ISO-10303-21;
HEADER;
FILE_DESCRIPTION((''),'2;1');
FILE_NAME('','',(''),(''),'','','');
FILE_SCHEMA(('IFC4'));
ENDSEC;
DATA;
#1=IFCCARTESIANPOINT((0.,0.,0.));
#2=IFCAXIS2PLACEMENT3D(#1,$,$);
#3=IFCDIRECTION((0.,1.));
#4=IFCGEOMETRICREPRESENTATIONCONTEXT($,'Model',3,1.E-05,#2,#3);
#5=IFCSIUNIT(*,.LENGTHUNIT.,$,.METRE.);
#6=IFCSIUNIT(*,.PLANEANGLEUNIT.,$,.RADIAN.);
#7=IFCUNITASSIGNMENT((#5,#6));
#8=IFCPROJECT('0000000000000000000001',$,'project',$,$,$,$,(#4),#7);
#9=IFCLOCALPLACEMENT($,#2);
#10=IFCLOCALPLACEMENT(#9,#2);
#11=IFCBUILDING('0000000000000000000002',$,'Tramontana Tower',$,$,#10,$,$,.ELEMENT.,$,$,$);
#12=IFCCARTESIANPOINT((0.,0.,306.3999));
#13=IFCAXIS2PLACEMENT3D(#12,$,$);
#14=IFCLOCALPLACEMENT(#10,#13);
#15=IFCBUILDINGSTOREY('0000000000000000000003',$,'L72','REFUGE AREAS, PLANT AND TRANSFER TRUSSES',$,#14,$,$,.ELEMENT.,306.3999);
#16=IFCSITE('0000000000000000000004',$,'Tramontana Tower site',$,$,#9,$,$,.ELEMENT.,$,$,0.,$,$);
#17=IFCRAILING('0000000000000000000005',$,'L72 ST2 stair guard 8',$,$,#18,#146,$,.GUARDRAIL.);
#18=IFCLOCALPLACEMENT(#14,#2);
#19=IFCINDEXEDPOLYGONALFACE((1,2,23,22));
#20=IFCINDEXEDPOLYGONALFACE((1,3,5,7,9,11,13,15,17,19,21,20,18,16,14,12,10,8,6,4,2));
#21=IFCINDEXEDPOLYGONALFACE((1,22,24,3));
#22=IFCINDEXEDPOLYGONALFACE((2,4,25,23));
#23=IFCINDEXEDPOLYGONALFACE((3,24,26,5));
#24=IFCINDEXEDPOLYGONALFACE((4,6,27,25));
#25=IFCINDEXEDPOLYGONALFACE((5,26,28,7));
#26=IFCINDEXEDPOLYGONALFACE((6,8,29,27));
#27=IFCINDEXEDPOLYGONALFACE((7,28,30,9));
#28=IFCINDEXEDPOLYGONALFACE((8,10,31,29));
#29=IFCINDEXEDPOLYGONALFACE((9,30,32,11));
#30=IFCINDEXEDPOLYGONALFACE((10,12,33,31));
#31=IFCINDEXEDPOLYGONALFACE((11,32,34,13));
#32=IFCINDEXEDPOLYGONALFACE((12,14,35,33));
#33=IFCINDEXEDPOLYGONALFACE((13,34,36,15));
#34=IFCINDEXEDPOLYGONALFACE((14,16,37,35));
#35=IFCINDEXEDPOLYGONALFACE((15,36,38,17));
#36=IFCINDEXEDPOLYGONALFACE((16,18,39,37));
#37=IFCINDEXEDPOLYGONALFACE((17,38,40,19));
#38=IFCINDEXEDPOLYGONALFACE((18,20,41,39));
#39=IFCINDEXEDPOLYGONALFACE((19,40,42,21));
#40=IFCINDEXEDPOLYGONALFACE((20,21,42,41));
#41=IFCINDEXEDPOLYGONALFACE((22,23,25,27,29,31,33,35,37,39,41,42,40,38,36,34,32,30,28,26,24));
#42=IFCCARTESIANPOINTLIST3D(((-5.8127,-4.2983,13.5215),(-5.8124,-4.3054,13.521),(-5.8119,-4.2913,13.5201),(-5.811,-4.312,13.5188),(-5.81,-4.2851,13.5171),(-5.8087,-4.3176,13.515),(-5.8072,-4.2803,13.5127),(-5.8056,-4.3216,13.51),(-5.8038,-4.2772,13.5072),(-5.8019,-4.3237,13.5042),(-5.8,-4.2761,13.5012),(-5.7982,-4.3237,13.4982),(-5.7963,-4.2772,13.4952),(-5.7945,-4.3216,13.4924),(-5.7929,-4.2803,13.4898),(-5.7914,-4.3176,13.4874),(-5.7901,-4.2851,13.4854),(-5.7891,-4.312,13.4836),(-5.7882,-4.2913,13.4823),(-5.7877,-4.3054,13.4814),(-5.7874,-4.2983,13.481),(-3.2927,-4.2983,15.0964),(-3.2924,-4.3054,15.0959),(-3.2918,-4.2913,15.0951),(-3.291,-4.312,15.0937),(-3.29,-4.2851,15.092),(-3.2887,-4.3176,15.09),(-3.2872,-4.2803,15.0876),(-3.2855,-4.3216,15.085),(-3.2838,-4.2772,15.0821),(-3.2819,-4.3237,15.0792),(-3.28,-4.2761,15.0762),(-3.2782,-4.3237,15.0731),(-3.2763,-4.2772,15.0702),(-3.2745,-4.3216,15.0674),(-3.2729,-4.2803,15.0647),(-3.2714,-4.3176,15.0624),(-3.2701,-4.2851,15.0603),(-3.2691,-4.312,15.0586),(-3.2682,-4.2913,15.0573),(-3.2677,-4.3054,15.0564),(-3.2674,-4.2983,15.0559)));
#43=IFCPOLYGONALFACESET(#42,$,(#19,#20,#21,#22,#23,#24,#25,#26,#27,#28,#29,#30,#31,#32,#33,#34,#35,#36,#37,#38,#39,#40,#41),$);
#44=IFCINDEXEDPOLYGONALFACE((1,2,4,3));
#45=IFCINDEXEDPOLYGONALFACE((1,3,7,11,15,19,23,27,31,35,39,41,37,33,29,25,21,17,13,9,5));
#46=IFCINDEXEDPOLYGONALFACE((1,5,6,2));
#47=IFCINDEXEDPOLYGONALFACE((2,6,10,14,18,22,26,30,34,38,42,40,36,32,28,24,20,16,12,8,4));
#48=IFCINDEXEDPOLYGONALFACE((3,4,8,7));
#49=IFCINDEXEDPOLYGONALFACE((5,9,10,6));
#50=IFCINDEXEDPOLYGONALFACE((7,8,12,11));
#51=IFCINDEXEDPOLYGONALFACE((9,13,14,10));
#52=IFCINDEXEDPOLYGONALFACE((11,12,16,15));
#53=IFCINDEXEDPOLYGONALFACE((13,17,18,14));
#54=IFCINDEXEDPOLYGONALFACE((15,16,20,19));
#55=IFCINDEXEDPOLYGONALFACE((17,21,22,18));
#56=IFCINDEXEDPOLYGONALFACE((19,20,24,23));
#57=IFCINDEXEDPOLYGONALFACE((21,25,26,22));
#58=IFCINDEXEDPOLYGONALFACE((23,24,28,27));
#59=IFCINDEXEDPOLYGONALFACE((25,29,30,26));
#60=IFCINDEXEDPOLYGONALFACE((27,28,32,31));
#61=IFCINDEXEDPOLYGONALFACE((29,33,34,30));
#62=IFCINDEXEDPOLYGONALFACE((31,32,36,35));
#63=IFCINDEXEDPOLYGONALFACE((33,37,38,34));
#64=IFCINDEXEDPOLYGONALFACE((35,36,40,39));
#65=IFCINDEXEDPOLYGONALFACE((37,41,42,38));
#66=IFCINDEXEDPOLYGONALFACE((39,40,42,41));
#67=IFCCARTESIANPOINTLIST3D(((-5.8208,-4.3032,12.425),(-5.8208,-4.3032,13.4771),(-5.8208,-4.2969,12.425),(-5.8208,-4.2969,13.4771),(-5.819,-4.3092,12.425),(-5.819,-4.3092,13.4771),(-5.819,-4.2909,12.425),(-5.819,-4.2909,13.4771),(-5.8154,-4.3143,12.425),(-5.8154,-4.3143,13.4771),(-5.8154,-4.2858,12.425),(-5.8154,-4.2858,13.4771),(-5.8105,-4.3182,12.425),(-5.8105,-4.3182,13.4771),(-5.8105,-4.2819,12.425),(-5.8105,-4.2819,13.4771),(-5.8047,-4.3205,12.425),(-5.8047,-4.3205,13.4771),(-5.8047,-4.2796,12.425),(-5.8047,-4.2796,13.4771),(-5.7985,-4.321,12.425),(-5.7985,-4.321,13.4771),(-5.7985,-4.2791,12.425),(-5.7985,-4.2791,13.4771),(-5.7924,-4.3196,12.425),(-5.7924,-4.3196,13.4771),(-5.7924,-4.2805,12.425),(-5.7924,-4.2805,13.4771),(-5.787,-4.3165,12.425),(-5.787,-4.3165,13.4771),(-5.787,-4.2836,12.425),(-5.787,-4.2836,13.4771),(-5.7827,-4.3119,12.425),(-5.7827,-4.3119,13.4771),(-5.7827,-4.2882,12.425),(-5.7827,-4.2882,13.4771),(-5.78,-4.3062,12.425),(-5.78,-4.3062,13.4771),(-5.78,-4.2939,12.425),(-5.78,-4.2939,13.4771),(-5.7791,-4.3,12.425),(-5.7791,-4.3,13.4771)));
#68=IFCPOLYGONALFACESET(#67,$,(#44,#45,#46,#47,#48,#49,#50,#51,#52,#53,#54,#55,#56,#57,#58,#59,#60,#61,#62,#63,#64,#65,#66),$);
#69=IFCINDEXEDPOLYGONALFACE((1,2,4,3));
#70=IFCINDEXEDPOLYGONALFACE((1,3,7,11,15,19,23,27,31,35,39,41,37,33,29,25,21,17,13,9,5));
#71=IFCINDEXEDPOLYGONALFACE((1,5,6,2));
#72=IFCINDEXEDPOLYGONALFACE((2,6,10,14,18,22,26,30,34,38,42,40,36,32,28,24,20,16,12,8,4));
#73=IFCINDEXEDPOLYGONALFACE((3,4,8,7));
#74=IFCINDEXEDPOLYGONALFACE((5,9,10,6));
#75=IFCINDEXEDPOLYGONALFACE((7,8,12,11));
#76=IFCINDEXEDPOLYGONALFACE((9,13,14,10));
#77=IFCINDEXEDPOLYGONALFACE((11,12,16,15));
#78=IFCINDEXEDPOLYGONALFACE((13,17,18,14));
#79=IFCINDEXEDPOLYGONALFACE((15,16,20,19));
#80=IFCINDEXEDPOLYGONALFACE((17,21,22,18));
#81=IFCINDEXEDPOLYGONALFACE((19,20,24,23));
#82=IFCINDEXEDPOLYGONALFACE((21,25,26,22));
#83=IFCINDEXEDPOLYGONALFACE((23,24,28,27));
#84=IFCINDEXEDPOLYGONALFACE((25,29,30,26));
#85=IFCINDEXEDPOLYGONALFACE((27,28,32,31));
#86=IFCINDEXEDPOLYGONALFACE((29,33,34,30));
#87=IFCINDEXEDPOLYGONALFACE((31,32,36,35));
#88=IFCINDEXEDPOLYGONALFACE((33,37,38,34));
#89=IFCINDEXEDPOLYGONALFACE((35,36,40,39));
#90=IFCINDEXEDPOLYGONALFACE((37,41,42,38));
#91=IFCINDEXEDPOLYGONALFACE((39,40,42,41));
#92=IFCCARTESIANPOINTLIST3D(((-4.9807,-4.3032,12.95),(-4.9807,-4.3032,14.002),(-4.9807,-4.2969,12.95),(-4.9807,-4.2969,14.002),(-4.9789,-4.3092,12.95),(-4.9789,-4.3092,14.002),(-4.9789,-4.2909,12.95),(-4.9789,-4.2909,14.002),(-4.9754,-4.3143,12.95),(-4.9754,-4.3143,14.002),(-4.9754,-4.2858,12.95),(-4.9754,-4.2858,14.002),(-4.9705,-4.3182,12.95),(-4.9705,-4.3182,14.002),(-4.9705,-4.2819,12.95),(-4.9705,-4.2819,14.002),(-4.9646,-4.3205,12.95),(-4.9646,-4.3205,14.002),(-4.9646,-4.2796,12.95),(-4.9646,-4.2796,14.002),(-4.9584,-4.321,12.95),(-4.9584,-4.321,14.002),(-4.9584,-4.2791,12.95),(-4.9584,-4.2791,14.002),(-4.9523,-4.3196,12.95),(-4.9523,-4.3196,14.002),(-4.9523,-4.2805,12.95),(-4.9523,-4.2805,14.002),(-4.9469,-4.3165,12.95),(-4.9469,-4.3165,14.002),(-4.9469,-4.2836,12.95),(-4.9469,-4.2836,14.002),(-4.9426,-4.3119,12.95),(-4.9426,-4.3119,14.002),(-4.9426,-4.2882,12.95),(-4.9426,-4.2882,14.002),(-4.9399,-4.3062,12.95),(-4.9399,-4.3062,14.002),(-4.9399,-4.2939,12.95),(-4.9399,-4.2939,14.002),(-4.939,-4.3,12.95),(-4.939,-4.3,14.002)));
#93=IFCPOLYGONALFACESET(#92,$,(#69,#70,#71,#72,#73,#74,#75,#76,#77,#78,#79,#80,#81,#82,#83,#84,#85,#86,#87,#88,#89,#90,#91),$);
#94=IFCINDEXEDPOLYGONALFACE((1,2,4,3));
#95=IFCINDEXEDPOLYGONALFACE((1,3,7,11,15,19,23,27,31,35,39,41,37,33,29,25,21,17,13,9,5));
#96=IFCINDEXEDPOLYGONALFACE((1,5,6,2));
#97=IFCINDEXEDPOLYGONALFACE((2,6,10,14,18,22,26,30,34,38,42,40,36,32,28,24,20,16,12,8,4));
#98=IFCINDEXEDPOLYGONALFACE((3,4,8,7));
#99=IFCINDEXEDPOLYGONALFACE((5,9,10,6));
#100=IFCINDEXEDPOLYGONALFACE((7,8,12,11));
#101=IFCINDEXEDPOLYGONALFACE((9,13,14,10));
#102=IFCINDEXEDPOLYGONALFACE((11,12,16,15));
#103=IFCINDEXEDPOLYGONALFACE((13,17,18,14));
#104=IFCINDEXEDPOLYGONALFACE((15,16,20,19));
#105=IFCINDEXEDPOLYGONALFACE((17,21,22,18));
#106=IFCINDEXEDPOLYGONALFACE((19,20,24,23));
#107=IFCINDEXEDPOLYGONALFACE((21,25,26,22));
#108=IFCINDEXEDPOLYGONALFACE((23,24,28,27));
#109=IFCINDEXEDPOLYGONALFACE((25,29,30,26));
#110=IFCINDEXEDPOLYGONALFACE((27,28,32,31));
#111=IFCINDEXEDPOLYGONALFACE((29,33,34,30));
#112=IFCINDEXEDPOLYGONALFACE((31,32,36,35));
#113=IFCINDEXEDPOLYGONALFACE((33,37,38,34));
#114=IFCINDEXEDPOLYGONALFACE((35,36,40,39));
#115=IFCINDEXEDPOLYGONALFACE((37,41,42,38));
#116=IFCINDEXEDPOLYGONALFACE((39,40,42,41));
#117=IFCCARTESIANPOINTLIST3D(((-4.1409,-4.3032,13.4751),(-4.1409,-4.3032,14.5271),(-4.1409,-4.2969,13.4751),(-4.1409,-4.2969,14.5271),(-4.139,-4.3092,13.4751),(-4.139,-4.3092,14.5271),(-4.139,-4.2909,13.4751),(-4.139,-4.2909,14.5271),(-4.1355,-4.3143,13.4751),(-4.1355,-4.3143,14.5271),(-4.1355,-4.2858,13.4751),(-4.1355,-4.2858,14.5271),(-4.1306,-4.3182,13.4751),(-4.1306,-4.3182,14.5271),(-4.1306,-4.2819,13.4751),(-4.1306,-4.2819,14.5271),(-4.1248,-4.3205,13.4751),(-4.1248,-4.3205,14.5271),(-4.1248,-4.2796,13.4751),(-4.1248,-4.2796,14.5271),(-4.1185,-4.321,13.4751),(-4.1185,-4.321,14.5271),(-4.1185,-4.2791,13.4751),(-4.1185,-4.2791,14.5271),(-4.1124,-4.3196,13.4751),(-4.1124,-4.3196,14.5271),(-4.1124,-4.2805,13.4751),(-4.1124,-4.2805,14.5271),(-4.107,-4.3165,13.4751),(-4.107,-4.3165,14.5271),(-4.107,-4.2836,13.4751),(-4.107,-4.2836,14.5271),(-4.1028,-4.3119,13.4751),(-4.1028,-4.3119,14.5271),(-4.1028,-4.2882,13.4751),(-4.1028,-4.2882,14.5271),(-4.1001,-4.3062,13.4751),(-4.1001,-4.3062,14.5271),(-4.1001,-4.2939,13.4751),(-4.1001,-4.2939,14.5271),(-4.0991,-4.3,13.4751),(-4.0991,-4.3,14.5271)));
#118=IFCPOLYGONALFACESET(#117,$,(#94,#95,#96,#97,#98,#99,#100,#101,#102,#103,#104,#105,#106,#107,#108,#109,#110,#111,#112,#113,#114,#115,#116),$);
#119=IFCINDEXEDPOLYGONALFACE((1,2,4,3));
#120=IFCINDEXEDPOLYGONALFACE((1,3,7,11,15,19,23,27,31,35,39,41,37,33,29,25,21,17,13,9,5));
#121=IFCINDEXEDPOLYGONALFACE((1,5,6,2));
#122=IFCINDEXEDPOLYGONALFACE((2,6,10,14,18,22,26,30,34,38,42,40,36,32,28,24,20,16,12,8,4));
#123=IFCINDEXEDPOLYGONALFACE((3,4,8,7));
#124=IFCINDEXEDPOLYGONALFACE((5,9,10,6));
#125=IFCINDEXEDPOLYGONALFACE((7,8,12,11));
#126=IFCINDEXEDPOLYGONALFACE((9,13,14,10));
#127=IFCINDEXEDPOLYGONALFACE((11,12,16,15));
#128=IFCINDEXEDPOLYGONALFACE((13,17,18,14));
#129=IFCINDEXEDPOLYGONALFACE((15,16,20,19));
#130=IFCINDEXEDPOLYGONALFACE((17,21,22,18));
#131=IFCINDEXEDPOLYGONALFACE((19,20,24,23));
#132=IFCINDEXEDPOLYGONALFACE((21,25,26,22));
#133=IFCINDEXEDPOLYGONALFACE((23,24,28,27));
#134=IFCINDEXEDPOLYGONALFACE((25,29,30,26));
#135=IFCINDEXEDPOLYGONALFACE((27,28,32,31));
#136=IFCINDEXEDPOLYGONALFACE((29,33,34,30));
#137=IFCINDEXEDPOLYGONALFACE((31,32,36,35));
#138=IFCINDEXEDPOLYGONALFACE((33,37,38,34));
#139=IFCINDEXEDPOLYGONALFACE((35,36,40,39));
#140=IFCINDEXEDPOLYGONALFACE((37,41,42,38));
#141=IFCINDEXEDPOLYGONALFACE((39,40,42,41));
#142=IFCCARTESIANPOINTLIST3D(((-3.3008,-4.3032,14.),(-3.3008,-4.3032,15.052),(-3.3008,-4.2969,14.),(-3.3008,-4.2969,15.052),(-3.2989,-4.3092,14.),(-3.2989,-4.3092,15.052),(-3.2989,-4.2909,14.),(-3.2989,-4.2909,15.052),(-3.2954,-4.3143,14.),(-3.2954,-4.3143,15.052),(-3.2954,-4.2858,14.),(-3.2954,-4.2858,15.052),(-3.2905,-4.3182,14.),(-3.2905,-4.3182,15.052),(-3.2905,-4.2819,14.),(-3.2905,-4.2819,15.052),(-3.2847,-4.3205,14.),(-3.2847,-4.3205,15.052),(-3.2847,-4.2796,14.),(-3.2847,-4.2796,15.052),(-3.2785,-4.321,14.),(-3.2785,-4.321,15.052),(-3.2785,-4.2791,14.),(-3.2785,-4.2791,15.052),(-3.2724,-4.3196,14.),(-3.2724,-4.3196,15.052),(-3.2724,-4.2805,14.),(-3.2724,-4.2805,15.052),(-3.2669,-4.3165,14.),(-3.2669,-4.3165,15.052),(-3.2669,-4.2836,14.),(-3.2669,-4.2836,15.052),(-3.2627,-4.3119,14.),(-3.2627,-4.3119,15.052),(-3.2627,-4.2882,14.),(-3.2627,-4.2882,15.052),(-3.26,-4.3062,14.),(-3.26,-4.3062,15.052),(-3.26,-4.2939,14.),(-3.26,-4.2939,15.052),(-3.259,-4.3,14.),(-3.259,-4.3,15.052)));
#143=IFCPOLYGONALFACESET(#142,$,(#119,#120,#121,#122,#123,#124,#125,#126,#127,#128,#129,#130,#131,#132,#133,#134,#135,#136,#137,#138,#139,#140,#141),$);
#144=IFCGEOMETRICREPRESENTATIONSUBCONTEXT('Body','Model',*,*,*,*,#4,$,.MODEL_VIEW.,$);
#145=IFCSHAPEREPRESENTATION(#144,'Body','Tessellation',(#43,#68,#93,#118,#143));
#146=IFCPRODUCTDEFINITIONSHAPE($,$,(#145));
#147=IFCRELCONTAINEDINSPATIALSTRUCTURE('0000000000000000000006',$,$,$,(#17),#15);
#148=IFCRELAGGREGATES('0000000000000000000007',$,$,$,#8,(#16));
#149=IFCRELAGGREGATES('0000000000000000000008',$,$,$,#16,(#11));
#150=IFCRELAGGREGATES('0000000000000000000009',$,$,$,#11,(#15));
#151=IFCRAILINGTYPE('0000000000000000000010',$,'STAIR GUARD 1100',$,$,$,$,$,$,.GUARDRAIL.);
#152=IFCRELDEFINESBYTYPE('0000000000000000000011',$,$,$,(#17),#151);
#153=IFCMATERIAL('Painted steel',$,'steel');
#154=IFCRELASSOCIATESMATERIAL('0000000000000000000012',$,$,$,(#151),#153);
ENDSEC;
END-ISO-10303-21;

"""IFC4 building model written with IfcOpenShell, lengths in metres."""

from ifc_helpers import new_model, si_unit, direction, frame, origin, origin_2d, place, context, subcontext, project, spatial, circle, extrude, material, type_object, element, save


model = new_model("IFC4")

# Units and contexts
model_context = context("Model", 3, precision=1e-05, world=origin(), true_north=direction((0.0, 1.0)))
body_context = subcontext(model_context, "Body", "Model", "MODEL_VIEW")
ifc_project = project(units=[si_unit("LENGTHUNIT", "METRE"), si_unit("PLANEANGLEUNIT", "RADIAN")], contexts=[model_context])

# Site, building, storey
site_placement = place(None, origin())
site = spatial("IfcSite", under=ifc_project, at=site_placement, Name="Tramontana Tower site", CompositionType="ELEMENT", RefElevation=0.0)
building_placement = place(site_placement, origin())
building = spatial("IfcBuilding", under=site, at=building_placement, Name="Tramontana Tower", CompositionType="ELEMENT")
storey_placement = place(building_placement, frame((0.0, 0.0, 306.3999)))
storey = spatial("IfcBuildingStorey", under=building, at=storey_placement, Name="L72", Description="REFUGE AREAS, PLANT AND TRANSFER TRUSSES", CompositionType="ELEMENT", Elevation=306.3999)

# Railing
ifc_material_1 = material(Name="Painted steel", Category="steel")
railing_type_1 = type_object("IfcRailingType", Name="STAIR GUARD 1100", PredefinedType="GUARDRAIL", material=ifc_material_1)
for number, where, name in (
    (1, (-5.8, -4.3, 12.425), "L72 ST2 stair guard 8"),
):
    element("IfcRailing", number, at=place(storey_placement, frame(where)), inside=storey, type_object=railing_type_1, Name=name, PredefinedType="GUARDRAIL", context=body_context, shape_type="SweptSolid", body=[
        extrude(circle(Radius=0.0239, at=origin_2d()), frame((0.0, 0.0, 1.0762), z_axis=(0.848008, 0.0, 0.529984), x_axis=(0.0, 1.0, 0.0)), (0.0, 0.0, 1.0), 2.9717),
        extrude(circle(Radius=0.021, at=origin_2d()), origin(), (0.0, 0.0, 1.0), 1.052),
        extrude(circle(Radius=0.021, at=origin_2d()), frame((0.8401, 0.0, 0.5249)), (0.0, 0.0, 1.0), 1.052),
        extrude(circle(Radius=0.021, at=origin_2d()), frame((1.6799, 0.0, 1.05)), (0.0, 0.0, 1.0), 1.052),
        extrude(circle(Radius=0.021, at=origin_2d()), frame((2.52, 0.0, 1.575)), (0.0, 0.0, 1.0), 1.052),
    ])

save(model, "model.ifc")
